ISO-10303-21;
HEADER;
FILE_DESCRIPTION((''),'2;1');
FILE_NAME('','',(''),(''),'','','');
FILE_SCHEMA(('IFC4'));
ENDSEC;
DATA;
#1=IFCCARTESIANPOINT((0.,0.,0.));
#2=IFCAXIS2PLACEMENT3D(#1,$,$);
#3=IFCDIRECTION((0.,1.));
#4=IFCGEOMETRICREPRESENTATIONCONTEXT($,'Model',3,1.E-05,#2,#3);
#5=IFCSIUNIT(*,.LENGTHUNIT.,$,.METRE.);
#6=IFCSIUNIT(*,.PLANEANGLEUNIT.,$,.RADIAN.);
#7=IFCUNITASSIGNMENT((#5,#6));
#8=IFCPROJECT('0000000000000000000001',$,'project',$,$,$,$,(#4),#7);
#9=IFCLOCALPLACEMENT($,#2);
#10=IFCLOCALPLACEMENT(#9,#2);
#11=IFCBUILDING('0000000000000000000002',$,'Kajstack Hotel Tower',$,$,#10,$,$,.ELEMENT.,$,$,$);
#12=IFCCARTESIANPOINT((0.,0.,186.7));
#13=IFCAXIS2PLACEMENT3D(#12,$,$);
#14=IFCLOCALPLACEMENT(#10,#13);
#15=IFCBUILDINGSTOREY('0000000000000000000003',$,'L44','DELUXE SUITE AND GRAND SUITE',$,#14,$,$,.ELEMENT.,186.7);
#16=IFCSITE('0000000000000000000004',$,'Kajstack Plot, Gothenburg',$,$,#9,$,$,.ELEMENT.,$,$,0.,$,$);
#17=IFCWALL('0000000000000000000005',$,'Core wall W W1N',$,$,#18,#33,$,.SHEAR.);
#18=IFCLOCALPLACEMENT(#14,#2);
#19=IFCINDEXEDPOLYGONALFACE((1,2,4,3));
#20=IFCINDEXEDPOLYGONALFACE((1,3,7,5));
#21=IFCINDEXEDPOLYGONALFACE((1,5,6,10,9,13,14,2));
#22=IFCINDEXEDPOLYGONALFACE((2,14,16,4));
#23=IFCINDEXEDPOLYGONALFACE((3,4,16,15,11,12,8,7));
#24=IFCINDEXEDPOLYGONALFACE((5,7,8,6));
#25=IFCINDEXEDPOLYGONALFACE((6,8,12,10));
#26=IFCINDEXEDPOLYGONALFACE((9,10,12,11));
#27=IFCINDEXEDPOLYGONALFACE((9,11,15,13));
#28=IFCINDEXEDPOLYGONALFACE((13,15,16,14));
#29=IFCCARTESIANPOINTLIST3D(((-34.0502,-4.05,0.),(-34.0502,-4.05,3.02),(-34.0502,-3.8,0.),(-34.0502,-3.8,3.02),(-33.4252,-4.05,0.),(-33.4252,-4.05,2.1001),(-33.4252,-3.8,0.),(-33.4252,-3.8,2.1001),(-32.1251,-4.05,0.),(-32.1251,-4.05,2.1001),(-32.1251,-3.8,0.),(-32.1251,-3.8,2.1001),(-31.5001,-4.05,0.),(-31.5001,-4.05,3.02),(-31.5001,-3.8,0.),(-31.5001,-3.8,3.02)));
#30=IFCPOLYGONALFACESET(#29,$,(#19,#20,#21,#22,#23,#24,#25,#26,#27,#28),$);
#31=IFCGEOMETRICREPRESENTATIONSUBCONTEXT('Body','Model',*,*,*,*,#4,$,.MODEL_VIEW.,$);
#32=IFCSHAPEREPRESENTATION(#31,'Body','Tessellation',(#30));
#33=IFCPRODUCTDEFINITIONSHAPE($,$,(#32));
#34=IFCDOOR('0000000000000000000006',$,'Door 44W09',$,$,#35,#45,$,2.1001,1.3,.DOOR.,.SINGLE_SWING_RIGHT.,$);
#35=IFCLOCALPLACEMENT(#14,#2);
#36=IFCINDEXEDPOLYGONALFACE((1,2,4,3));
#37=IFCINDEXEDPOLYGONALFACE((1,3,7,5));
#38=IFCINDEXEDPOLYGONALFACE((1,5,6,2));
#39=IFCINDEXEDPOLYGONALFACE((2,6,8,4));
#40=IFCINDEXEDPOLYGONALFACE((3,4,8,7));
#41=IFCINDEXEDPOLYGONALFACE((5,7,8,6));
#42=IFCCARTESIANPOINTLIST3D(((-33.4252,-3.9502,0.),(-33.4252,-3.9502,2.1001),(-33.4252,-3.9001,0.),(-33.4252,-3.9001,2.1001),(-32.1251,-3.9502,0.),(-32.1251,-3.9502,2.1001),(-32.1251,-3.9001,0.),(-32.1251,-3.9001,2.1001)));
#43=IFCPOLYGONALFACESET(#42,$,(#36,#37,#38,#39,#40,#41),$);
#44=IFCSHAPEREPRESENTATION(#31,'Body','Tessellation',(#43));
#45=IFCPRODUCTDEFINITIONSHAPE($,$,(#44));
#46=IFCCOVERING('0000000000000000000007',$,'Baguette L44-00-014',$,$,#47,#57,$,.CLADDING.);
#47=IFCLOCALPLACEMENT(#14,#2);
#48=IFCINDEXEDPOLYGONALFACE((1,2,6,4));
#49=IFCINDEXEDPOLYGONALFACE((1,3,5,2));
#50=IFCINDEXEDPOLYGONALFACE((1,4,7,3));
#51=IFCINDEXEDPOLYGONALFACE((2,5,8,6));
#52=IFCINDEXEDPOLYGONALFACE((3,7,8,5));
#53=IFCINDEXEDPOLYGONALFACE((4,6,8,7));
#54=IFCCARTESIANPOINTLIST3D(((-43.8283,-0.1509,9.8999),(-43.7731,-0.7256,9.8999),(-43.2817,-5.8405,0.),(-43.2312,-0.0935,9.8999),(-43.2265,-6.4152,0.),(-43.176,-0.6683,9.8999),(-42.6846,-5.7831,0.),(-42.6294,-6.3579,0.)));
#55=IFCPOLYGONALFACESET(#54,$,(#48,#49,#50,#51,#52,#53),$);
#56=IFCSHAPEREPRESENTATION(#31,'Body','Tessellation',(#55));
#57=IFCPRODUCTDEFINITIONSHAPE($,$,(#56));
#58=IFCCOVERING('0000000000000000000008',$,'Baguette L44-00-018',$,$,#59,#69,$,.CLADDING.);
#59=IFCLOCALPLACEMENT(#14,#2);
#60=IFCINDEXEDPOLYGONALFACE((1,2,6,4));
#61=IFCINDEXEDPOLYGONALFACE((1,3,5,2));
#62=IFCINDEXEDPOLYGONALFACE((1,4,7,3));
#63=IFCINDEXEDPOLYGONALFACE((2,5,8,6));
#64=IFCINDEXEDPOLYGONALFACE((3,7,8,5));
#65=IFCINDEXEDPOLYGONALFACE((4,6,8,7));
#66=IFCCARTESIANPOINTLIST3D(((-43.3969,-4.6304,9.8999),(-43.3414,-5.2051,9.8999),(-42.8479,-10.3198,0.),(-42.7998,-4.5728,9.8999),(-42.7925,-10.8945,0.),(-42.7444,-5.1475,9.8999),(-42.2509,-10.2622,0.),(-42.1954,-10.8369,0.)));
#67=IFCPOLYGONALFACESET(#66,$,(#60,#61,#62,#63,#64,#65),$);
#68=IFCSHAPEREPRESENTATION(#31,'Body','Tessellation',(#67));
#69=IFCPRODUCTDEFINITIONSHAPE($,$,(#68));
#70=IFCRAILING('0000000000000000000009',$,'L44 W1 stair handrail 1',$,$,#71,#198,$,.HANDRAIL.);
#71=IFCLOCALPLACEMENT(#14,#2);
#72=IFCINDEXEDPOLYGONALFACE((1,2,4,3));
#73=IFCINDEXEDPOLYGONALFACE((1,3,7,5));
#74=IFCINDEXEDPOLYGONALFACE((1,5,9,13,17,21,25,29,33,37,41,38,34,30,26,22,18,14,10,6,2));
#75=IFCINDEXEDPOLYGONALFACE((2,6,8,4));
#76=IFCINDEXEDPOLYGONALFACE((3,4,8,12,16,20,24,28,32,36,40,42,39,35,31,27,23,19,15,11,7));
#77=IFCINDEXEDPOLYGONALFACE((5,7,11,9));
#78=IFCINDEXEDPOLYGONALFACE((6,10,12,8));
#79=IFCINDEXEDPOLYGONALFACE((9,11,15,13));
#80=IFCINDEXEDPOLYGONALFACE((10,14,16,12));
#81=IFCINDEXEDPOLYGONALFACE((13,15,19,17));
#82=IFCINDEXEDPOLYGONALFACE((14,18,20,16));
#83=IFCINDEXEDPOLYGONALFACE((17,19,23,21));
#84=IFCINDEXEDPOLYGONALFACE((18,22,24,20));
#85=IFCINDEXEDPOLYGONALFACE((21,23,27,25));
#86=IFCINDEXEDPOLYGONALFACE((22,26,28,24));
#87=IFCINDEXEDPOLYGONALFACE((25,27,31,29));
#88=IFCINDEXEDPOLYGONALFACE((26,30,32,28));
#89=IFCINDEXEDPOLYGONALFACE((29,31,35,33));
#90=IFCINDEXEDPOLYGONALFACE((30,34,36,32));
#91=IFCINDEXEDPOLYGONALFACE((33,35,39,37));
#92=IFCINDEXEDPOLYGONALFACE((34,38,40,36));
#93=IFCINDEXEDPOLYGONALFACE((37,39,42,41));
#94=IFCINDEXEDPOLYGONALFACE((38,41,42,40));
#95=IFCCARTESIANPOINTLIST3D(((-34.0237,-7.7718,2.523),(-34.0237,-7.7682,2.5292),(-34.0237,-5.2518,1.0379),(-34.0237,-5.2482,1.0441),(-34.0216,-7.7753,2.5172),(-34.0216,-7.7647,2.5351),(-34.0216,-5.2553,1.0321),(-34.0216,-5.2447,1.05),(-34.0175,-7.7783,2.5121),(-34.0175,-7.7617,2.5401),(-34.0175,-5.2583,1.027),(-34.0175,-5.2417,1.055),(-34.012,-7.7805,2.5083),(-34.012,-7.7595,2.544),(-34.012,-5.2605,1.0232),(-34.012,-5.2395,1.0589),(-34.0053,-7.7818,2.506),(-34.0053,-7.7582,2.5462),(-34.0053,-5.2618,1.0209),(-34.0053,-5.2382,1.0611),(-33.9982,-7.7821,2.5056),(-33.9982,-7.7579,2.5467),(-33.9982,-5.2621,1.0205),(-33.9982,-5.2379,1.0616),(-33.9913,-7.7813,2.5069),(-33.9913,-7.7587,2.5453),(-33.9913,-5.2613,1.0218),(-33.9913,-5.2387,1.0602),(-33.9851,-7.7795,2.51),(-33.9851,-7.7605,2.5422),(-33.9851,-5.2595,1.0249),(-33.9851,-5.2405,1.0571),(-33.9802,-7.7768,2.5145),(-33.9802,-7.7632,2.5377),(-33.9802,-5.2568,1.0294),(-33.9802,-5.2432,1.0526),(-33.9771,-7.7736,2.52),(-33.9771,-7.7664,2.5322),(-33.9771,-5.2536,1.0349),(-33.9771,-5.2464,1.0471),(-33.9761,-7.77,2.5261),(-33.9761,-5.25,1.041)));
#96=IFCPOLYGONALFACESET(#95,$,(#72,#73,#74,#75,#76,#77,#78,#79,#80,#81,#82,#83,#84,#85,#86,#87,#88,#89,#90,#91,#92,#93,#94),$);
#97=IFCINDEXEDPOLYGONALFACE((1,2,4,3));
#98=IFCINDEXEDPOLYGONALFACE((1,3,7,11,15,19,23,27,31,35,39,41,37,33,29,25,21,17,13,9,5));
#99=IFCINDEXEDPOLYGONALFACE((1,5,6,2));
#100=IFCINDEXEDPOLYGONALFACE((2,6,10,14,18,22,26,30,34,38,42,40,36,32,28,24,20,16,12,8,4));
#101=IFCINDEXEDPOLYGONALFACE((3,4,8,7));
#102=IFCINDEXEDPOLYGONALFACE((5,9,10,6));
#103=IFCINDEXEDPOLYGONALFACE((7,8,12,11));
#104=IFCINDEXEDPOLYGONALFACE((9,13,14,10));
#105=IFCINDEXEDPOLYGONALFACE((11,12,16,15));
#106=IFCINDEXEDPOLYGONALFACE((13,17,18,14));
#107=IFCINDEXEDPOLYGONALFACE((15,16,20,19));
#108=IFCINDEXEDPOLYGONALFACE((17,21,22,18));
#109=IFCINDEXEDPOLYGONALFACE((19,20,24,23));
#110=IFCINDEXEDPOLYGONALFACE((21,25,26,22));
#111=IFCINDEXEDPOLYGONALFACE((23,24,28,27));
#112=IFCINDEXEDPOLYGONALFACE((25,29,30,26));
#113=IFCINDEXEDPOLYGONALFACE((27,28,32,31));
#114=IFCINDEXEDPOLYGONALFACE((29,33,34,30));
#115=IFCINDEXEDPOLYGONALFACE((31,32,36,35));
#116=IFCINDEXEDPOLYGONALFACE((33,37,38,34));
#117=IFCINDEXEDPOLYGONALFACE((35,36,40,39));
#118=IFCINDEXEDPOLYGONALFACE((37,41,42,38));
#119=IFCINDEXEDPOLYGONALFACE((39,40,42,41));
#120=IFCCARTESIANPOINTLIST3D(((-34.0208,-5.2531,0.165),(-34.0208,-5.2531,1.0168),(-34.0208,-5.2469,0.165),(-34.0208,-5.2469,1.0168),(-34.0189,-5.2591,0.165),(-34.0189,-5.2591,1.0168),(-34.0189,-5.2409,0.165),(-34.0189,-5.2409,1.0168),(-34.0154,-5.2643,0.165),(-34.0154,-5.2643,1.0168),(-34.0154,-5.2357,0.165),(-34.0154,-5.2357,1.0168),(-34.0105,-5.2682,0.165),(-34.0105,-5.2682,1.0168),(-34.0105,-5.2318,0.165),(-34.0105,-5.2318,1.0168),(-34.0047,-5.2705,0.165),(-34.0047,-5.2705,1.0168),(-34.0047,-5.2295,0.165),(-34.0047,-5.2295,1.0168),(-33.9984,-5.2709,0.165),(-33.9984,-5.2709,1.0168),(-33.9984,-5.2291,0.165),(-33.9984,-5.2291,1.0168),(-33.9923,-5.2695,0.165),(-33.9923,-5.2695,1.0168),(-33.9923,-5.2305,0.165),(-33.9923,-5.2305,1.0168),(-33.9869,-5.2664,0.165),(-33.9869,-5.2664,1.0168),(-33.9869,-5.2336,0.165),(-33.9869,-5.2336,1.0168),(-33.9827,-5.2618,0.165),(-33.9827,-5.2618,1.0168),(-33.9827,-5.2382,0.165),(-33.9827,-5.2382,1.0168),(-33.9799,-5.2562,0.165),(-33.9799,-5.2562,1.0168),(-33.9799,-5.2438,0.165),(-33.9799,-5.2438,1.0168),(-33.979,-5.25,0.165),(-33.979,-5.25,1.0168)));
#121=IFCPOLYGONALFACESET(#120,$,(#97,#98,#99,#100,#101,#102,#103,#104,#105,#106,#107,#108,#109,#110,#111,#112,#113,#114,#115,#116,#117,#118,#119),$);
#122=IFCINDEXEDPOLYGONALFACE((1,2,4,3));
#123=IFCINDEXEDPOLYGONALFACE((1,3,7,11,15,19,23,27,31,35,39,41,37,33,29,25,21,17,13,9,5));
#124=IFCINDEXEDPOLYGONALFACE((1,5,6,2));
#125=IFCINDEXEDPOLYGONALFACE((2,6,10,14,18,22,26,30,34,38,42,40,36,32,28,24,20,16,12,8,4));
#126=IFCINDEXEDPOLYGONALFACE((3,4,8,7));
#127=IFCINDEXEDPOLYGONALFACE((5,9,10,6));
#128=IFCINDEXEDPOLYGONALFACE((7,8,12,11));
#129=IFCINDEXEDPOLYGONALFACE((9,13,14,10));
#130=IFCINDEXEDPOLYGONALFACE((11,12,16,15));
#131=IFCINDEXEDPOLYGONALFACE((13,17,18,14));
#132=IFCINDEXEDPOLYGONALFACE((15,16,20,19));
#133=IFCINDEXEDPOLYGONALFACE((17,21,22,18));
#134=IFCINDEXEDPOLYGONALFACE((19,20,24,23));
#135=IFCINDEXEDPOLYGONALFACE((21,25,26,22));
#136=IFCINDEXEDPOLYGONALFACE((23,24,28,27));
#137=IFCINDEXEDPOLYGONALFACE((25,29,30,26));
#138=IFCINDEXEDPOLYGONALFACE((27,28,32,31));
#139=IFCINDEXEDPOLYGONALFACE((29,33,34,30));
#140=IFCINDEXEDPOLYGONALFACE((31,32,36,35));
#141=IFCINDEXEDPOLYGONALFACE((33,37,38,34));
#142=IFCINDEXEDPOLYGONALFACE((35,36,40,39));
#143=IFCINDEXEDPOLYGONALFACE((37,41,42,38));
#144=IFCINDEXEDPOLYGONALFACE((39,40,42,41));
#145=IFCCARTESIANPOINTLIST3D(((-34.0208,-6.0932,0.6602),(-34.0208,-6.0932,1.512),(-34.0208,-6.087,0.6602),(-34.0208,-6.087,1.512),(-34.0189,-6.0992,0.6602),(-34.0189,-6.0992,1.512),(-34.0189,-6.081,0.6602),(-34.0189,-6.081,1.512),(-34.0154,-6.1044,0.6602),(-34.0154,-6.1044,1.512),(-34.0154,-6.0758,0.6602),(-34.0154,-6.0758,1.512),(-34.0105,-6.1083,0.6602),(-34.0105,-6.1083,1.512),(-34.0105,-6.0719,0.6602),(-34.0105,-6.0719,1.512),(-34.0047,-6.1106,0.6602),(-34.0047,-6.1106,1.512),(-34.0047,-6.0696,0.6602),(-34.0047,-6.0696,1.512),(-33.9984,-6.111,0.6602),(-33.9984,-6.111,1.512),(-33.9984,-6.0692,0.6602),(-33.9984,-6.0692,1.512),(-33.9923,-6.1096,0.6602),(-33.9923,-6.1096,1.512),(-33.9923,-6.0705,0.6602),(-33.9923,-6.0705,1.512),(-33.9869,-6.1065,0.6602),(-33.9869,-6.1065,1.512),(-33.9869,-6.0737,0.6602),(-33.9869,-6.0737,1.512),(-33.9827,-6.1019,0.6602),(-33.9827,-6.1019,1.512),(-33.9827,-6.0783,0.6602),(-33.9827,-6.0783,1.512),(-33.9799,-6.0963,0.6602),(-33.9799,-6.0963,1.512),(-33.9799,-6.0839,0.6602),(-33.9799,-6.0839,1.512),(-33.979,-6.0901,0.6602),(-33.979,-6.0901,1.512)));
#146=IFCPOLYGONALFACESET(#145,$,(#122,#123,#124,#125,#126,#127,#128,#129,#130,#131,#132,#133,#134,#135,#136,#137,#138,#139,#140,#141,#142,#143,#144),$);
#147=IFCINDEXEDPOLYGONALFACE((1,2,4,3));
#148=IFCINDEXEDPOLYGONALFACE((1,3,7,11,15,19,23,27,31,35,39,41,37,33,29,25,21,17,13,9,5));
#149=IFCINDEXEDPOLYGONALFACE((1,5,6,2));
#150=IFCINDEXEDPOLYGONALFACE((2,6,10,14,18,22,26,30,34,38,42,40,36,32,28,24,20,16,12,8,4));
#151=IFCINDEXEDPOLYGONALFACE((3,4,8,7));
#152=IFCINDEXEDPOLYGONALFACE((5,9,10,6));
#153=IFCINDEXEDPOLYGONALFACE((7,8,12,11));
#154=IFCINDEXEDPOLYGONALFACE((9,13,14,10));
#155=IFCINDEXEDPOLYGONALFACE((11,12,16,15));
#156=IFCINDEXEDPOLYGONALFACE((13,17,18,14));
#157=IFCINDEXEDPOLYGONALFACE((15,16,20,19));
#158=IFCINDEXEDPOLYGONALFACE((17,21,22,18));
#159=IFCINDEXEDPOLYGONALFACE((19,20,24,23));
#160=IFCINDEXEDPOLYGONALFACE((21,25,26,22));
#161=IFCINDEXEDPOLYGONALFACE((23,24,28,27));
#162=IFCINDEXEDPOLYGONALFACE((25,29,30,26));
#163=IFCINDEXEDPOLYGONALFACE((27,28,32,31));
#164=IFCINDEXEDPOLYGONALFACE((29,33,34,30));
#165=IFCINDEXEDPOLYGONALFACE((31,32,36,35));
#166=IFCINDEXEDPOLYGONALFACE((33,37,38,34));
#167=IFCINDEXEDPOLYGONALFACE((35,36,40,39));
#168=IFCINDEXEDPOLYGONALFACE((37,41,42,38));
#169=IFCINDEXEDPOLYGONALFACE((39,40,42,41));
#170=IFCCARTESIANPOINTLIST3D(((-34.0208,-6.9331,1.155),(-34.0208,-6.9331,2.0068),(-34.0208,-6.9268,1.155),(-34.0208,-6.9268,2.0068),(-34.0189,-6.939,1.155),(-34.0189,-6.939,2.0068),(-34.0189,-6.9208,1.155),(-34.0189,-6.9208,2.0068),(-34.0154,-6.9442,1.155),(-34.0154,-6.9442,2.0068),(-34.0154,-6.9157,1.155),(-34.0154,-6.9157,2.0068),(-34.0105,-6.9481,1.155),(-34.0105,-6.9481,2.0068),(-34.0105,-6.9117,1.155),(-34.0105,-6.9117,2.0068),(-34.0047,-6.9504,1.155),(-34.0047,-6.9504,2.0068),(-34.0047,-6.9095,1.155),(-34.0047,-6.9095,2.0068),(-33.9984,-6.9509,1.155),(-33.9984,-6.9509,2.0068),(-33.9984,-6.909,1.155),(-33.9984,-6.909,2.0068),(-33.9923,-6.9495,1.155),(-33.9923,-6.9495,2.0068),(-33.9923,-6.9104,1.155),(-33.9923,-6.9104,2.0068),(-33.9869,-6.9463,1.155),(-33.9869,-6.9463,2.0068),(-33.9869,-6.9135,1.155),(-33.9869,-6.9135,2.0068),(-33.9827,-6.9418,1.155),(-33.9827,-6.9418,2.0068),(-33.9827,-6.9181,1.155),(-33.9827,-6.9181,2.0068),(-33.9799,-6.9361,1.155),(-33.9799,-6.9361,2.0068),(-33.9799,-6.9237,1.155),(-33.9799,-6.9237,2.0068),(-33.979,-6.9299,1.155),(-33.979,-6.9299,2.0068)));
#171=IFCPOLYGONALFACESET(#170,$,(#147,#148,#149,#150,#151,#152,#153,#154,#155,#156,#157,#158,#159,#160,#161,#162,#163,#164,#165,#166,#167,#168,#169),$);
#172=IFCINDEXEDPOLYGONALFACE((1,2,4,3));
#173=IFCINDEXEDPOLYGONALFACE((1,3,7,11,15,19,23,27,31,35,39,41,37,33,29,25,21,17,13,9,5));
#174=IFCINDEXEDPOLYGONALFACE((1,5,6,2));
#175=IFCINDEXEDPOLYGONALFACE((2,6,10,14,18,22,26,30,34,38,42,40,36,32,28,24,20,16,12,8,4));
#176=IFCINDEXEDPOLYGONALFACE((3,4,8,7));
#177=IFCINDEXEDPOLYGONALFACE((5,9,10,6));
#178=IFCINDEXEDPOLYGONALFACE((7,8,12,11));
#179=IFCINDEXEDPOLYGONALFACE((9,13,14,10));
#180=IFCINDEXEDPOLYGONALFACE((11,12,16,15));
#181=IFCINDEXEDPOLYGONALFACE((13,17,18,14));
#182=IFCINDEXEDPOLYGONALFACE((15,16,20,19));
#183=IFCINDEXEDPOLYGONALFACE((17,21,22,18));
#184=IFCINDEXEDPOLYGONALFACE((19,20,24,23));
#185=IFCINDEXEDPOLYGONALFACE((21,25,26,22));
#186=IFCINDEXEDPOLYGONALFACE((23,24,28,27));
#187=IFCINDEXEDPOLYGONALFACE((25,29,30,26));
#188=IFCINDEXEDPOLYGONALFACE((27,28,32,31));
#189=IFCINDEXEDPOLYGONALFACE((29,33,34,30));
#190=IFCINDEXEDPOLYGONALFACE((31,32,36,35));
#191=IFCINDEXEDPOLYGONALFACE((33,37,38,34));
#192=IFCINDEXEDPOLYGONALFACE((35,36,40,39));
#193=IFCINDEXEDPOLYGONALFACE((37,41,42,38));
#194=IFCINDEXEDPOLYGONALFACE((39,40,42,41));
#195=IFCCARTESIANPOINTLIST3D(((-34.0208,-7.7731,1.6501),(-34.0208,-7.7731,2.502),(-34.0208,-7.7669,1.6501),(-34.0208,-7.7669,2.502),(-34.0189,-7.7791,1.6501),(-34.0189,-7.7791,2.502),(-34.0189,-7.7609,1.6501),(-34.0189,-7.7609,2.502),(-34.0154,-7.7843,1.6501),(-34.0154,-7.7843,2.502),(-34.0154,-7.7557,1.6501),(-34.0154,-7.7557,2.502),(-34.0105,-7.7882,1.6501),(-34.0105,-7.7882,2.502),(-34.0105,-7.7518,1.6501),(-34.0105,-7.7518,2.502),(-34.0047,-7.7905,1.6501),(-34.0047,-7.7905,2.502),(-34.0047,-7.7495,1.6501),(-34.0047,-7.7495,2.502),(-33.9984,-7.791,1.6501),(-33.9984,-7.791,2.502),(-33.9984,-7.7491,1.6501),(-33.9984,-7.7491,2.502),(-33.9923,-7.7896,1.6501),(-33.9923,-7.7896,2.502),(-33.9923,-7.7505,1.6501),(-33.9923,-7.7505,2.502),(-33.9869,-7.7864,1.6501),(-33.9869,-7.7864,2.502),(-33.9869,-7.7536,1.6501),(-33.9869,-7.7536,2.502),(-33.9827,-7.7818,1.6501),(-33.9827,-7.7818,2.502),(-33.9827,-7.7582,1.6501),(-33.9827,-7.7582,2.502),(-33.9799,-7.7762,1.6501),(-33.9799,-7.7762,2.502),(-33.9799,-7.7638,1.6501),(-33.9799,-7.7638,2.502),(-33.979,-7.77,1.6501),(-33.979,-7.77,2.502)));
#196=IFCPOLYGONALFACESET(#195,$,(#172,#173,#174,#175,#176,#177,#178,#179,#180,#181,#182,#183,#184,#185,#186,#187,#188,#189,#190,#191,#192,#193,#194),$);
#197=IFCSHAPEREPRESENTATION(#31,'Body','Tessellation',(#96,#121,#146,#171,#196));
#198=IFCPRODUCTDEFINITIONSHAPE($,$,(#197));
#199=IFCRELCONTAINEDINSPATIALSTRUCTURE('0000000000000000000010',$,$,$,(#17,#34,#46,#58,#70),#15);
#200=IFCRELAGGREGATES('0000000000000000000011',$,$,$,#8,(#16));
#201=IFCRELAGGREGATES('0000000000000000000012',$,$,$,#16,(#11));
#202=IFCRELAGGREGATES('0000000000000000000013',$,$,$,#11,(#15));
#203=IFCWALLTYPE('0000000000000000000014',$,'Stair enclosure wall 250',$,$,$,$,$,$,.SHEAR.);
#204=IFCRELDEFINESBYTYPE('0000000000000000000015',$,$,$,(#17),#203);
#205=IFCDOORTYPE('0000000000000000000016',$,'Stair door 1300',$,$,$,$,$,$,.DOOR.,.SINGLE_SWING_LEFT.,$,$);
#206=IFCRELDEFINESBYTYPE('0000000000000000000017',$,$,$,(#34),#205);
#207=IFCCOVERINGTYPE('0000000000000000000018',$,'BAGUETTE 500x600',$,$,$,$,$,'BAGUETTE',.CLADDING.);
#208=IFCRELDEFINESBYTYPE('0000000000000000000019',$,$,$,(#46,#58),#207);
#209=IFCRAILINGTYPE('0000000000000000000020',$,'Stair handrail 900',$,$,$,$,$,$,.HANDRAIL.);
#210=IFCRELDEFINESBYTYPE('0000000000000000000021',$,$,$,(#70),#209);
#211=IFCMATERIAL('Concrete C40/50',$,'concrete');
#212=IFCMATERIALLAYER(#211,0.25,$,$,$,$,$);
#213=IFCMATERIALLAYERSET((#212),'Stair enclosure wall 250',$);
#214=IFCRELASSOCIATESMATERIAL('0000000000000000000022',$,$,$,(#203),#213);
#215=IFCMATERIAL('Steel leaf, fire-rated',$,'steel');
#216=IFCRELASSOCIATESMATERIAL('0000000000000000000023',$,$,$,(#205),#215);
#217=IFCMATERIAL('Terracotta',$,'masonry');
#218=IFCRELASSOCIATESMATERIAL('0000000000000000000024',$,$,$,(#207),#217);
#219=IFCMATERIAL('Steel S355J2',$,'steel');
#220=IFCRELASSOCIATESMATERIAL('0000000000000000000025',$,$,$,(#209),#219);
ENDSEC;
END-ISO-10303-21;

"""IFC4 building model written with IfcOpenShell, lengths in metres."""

from ifc_helpers import new_model, si_unit, direction, frame, frame_2d, origin, origin_2d, place, context, subcontext, project, spatial, polyline, rectangle, circle, outline, extrude, material, layer, layer_set, material_profile, profile_set, type_object, element, fill, save


model = new_model("IFC4")

# Units and contexts
model_context = context("Model", 3, precision=1e-05, world=origin(), true_north=direction((0.0, 1.0)))
body_context = subcontext(model_context, "Body", "Model", "MODEL_VIEW")
ifc_project = project(units=[si_unit("LENGTHUNIT", "METRE"), si_unit("PLANEANGLEUNIT", "RADIAN")], contexts=[model_context])

# Site, building, storey
site_placement = place(None, origin())
site = spatial("IfcSite", under=ifc_project, at=site_placement, Name="Kajstack Plot, Gothenburg", CompositionType="ELEMENT", RefElevation=0.0)
building_placement = place(site_placement, origin())
building = spatial("IfcBuilding", under=site, at=building_placement, Name="Kajstack Hotel Tower", CompositionType="ELEMENT")
storey_placement = place(building_placement, frame((0.0, 0.0, 186.7)))
storey = spatial("IfcBuildingStorey", under=building, at=storey_placement, Name="L44", Description="DELUXE SUITE AND GRAND SUITE", CompositionType="ELEMENT", Elevation=186.7)

# Shared definitions
ifc_material_1 = material(Name="Steel leaf, fire-rated", Category="steel")

# Wall, opening, door
ifc_material_2 = material(Name="Concrete C40/50", Category="concrete")
ifc_layer_1 = layer(ifc_material_2, 0.25)
ifc_layer_set_1 = layer_set([ifc_layer_1], Name="Stair enclosure wall 250")
wall_type_1 = type_object("IfcWallType", Name="Stair enclosure wall 250", PredefinedType="SHEAR", material=ifc_layer_set_1)
wall_1_placement = place(storey_placement, frame((-34.05, -3.925, 0.0), z_axis=(0.0, 0.0, 1.0), x_axis=(1.0, 0.0, 0.0)))
wall_1 = element("IfcWall", 1, at=wall_1_placement, inside=storey, type_object=wall_type_1, Name="Core wall W W1N", PredefinedType="SHEAR", context=body_context, shape_type="SweptSolid", body=[
    extrude(rectangle(XDim=2.55, YDim=0.25, at=frame_2d((1.2749, 0.0))), origin(), (0.0, 0.0, 1.0), 3.02),
])
opening_1_placement = place(wall_1_placement, frame((0.625, 0.0, 0.0)))
opening_1 = element("IfcOpeningElement", 2, at=opening_1_placement, cuts=wall_1, PredefinedType="OPENING", context=body_context, shape_type="SweptSolid", body=[
    extrude(rectangle(XDim=1.3, YDim=2.1001, at=frame_2d((0.6499, 1.05))), frame((0.0, 0.135, 0.0), z_axis=(0.0, -1.0, 0.0), x_axis=(1.0, 0.0, 0.0)), (0.0, 0.0, 1.0), 0.27),
])
door_type_1 = type_object("IfcDoorType", Name="Stair door 1300", OperationType="SINGLE_SWING_LEFT", PredefinedType="DOOR", material=ifc_material_1)
door_1_placement = place(opening_1_placement, origin())
door_1 = element("IfcDoor", 3, at=door_1_placement, inside=storey, type_object=door_type_1, Name="Door 44W09", OperationType="SINGLE_SWING_RIGHT", OverallHeight=2.1001, OverallWidth=1.3, PredefinedType="DOOR", context=body_context, shape_type="SweptSolid", body=[
    extrude(rectangle(XDim=1.3, YDim=2.1001, at=frame_2d((0.6499, 1.05))), frame((0.0, 0.0249, 0.0), z_axis=(0.0, -1.0, 0.0), x_axis=(1.0, 0.0, 0.0)), (0.0, 0.0, 1.0), 0.05),
])
fill(opening_1, door_1)

# Coverings
ifc_material_3 = material(Name="Terracotta", Category="masonry")
ifc_material_profile = material_profile(ifc_material_3, rectangle(XDim=0.6001, YDim=0.5, at=origin_2d()), Name="Terracotta-clad concrete baguette 500 x 600")
ifc_profile_set = profile_set([ifc_material_profile], Name="Terracotta")
covering_type = type_object("IfcCoveringType", Name="BAGUETTE 500x600", ElementType="BAGUETTE", PredefinedType="CLADDING", material=ifc_profile_set)
for number, where, z_axis, x_axis, name in (
    (4, (-43.2312, -0.0935, 0.0), (-0.995416, -0.095635, 0.0), (0.095635, -0.995416, 0.0), "Baguette L44-00-014"),
    (5, (-42.7998, -4.5728, 0.0), (-0.995378, -0.096038, 0.0), (0.096038, -0.995378, 0.0), "Baguette L44-00-018"),
):
    element("IfcCovering", number, at=place(storey_placement, frame(where, z_axis=z_axis, x_axis=x_axis)), inside=storey, type_object=covering_type, Name=name, PredefinedType="CLADDING", context=body_context, shape_type="SweptSolid", body=[
        extrude(outline(polyline([(0.0, 9.8999), (5.7158, 0.0), (6.2932, 0.0), (0.5774, 9.8999), (0.0, 9.8999)])), origin(), (0.0, 0.0, 1.0), 0.5999),
    ])

# Railing
ifc_material_4 = material(Name="Steel S355J2", Category="steel")
railing_type_1 = type_object("IfcRailingType", Name="Stair handrail 900", PredefinedType="HANDRAIL", material=ifc_material_4)
railing_1_placement = place(storey_placement, frame((-34.0, -5.25, 0.165)))
element("IfcRailing", 6, at=railing_1_placement, inside=storey, type_object=railing_type_1, Name="L44 W1 stair handrail 1", PredefinedType="HANDRAIL", context=body_context, shape_type="SweptSolid", body=[
    extrude(circle(Radius=0.0239, at=origin_2d()), frame((0.0, 0.0, 0.876), z_axis=(0.0, -0.861524, 0.507717), x_axis=(1.0, 0.0, 0.0)), (0.0, 0.0, 1.0), 2.925),
    extrude(circle(Radius=0.021, at=origin_2d()), origin(), (0.0, 0.0, 1.0), 0.8518),
    extrude(circle(Radius=0.021, at=origin_2d()), frame((0.0, -0.8401, 0.4951)), (0.0, 0.0, 1.0), 0.8518),
    extrude(circle(Radius=0.021, at=origin_2d()), frame((0.0, -1.6799, 0.99)), (0.0, 0.0, 1.0), 0.8518),
    extrude(circle(Radius=0.021, at=origin_2d()), frame((0.0, -2.52, 1.4851)), (0.0, 0.0, 1.0), 0.8518),
])

save(model, "model.ifc")
